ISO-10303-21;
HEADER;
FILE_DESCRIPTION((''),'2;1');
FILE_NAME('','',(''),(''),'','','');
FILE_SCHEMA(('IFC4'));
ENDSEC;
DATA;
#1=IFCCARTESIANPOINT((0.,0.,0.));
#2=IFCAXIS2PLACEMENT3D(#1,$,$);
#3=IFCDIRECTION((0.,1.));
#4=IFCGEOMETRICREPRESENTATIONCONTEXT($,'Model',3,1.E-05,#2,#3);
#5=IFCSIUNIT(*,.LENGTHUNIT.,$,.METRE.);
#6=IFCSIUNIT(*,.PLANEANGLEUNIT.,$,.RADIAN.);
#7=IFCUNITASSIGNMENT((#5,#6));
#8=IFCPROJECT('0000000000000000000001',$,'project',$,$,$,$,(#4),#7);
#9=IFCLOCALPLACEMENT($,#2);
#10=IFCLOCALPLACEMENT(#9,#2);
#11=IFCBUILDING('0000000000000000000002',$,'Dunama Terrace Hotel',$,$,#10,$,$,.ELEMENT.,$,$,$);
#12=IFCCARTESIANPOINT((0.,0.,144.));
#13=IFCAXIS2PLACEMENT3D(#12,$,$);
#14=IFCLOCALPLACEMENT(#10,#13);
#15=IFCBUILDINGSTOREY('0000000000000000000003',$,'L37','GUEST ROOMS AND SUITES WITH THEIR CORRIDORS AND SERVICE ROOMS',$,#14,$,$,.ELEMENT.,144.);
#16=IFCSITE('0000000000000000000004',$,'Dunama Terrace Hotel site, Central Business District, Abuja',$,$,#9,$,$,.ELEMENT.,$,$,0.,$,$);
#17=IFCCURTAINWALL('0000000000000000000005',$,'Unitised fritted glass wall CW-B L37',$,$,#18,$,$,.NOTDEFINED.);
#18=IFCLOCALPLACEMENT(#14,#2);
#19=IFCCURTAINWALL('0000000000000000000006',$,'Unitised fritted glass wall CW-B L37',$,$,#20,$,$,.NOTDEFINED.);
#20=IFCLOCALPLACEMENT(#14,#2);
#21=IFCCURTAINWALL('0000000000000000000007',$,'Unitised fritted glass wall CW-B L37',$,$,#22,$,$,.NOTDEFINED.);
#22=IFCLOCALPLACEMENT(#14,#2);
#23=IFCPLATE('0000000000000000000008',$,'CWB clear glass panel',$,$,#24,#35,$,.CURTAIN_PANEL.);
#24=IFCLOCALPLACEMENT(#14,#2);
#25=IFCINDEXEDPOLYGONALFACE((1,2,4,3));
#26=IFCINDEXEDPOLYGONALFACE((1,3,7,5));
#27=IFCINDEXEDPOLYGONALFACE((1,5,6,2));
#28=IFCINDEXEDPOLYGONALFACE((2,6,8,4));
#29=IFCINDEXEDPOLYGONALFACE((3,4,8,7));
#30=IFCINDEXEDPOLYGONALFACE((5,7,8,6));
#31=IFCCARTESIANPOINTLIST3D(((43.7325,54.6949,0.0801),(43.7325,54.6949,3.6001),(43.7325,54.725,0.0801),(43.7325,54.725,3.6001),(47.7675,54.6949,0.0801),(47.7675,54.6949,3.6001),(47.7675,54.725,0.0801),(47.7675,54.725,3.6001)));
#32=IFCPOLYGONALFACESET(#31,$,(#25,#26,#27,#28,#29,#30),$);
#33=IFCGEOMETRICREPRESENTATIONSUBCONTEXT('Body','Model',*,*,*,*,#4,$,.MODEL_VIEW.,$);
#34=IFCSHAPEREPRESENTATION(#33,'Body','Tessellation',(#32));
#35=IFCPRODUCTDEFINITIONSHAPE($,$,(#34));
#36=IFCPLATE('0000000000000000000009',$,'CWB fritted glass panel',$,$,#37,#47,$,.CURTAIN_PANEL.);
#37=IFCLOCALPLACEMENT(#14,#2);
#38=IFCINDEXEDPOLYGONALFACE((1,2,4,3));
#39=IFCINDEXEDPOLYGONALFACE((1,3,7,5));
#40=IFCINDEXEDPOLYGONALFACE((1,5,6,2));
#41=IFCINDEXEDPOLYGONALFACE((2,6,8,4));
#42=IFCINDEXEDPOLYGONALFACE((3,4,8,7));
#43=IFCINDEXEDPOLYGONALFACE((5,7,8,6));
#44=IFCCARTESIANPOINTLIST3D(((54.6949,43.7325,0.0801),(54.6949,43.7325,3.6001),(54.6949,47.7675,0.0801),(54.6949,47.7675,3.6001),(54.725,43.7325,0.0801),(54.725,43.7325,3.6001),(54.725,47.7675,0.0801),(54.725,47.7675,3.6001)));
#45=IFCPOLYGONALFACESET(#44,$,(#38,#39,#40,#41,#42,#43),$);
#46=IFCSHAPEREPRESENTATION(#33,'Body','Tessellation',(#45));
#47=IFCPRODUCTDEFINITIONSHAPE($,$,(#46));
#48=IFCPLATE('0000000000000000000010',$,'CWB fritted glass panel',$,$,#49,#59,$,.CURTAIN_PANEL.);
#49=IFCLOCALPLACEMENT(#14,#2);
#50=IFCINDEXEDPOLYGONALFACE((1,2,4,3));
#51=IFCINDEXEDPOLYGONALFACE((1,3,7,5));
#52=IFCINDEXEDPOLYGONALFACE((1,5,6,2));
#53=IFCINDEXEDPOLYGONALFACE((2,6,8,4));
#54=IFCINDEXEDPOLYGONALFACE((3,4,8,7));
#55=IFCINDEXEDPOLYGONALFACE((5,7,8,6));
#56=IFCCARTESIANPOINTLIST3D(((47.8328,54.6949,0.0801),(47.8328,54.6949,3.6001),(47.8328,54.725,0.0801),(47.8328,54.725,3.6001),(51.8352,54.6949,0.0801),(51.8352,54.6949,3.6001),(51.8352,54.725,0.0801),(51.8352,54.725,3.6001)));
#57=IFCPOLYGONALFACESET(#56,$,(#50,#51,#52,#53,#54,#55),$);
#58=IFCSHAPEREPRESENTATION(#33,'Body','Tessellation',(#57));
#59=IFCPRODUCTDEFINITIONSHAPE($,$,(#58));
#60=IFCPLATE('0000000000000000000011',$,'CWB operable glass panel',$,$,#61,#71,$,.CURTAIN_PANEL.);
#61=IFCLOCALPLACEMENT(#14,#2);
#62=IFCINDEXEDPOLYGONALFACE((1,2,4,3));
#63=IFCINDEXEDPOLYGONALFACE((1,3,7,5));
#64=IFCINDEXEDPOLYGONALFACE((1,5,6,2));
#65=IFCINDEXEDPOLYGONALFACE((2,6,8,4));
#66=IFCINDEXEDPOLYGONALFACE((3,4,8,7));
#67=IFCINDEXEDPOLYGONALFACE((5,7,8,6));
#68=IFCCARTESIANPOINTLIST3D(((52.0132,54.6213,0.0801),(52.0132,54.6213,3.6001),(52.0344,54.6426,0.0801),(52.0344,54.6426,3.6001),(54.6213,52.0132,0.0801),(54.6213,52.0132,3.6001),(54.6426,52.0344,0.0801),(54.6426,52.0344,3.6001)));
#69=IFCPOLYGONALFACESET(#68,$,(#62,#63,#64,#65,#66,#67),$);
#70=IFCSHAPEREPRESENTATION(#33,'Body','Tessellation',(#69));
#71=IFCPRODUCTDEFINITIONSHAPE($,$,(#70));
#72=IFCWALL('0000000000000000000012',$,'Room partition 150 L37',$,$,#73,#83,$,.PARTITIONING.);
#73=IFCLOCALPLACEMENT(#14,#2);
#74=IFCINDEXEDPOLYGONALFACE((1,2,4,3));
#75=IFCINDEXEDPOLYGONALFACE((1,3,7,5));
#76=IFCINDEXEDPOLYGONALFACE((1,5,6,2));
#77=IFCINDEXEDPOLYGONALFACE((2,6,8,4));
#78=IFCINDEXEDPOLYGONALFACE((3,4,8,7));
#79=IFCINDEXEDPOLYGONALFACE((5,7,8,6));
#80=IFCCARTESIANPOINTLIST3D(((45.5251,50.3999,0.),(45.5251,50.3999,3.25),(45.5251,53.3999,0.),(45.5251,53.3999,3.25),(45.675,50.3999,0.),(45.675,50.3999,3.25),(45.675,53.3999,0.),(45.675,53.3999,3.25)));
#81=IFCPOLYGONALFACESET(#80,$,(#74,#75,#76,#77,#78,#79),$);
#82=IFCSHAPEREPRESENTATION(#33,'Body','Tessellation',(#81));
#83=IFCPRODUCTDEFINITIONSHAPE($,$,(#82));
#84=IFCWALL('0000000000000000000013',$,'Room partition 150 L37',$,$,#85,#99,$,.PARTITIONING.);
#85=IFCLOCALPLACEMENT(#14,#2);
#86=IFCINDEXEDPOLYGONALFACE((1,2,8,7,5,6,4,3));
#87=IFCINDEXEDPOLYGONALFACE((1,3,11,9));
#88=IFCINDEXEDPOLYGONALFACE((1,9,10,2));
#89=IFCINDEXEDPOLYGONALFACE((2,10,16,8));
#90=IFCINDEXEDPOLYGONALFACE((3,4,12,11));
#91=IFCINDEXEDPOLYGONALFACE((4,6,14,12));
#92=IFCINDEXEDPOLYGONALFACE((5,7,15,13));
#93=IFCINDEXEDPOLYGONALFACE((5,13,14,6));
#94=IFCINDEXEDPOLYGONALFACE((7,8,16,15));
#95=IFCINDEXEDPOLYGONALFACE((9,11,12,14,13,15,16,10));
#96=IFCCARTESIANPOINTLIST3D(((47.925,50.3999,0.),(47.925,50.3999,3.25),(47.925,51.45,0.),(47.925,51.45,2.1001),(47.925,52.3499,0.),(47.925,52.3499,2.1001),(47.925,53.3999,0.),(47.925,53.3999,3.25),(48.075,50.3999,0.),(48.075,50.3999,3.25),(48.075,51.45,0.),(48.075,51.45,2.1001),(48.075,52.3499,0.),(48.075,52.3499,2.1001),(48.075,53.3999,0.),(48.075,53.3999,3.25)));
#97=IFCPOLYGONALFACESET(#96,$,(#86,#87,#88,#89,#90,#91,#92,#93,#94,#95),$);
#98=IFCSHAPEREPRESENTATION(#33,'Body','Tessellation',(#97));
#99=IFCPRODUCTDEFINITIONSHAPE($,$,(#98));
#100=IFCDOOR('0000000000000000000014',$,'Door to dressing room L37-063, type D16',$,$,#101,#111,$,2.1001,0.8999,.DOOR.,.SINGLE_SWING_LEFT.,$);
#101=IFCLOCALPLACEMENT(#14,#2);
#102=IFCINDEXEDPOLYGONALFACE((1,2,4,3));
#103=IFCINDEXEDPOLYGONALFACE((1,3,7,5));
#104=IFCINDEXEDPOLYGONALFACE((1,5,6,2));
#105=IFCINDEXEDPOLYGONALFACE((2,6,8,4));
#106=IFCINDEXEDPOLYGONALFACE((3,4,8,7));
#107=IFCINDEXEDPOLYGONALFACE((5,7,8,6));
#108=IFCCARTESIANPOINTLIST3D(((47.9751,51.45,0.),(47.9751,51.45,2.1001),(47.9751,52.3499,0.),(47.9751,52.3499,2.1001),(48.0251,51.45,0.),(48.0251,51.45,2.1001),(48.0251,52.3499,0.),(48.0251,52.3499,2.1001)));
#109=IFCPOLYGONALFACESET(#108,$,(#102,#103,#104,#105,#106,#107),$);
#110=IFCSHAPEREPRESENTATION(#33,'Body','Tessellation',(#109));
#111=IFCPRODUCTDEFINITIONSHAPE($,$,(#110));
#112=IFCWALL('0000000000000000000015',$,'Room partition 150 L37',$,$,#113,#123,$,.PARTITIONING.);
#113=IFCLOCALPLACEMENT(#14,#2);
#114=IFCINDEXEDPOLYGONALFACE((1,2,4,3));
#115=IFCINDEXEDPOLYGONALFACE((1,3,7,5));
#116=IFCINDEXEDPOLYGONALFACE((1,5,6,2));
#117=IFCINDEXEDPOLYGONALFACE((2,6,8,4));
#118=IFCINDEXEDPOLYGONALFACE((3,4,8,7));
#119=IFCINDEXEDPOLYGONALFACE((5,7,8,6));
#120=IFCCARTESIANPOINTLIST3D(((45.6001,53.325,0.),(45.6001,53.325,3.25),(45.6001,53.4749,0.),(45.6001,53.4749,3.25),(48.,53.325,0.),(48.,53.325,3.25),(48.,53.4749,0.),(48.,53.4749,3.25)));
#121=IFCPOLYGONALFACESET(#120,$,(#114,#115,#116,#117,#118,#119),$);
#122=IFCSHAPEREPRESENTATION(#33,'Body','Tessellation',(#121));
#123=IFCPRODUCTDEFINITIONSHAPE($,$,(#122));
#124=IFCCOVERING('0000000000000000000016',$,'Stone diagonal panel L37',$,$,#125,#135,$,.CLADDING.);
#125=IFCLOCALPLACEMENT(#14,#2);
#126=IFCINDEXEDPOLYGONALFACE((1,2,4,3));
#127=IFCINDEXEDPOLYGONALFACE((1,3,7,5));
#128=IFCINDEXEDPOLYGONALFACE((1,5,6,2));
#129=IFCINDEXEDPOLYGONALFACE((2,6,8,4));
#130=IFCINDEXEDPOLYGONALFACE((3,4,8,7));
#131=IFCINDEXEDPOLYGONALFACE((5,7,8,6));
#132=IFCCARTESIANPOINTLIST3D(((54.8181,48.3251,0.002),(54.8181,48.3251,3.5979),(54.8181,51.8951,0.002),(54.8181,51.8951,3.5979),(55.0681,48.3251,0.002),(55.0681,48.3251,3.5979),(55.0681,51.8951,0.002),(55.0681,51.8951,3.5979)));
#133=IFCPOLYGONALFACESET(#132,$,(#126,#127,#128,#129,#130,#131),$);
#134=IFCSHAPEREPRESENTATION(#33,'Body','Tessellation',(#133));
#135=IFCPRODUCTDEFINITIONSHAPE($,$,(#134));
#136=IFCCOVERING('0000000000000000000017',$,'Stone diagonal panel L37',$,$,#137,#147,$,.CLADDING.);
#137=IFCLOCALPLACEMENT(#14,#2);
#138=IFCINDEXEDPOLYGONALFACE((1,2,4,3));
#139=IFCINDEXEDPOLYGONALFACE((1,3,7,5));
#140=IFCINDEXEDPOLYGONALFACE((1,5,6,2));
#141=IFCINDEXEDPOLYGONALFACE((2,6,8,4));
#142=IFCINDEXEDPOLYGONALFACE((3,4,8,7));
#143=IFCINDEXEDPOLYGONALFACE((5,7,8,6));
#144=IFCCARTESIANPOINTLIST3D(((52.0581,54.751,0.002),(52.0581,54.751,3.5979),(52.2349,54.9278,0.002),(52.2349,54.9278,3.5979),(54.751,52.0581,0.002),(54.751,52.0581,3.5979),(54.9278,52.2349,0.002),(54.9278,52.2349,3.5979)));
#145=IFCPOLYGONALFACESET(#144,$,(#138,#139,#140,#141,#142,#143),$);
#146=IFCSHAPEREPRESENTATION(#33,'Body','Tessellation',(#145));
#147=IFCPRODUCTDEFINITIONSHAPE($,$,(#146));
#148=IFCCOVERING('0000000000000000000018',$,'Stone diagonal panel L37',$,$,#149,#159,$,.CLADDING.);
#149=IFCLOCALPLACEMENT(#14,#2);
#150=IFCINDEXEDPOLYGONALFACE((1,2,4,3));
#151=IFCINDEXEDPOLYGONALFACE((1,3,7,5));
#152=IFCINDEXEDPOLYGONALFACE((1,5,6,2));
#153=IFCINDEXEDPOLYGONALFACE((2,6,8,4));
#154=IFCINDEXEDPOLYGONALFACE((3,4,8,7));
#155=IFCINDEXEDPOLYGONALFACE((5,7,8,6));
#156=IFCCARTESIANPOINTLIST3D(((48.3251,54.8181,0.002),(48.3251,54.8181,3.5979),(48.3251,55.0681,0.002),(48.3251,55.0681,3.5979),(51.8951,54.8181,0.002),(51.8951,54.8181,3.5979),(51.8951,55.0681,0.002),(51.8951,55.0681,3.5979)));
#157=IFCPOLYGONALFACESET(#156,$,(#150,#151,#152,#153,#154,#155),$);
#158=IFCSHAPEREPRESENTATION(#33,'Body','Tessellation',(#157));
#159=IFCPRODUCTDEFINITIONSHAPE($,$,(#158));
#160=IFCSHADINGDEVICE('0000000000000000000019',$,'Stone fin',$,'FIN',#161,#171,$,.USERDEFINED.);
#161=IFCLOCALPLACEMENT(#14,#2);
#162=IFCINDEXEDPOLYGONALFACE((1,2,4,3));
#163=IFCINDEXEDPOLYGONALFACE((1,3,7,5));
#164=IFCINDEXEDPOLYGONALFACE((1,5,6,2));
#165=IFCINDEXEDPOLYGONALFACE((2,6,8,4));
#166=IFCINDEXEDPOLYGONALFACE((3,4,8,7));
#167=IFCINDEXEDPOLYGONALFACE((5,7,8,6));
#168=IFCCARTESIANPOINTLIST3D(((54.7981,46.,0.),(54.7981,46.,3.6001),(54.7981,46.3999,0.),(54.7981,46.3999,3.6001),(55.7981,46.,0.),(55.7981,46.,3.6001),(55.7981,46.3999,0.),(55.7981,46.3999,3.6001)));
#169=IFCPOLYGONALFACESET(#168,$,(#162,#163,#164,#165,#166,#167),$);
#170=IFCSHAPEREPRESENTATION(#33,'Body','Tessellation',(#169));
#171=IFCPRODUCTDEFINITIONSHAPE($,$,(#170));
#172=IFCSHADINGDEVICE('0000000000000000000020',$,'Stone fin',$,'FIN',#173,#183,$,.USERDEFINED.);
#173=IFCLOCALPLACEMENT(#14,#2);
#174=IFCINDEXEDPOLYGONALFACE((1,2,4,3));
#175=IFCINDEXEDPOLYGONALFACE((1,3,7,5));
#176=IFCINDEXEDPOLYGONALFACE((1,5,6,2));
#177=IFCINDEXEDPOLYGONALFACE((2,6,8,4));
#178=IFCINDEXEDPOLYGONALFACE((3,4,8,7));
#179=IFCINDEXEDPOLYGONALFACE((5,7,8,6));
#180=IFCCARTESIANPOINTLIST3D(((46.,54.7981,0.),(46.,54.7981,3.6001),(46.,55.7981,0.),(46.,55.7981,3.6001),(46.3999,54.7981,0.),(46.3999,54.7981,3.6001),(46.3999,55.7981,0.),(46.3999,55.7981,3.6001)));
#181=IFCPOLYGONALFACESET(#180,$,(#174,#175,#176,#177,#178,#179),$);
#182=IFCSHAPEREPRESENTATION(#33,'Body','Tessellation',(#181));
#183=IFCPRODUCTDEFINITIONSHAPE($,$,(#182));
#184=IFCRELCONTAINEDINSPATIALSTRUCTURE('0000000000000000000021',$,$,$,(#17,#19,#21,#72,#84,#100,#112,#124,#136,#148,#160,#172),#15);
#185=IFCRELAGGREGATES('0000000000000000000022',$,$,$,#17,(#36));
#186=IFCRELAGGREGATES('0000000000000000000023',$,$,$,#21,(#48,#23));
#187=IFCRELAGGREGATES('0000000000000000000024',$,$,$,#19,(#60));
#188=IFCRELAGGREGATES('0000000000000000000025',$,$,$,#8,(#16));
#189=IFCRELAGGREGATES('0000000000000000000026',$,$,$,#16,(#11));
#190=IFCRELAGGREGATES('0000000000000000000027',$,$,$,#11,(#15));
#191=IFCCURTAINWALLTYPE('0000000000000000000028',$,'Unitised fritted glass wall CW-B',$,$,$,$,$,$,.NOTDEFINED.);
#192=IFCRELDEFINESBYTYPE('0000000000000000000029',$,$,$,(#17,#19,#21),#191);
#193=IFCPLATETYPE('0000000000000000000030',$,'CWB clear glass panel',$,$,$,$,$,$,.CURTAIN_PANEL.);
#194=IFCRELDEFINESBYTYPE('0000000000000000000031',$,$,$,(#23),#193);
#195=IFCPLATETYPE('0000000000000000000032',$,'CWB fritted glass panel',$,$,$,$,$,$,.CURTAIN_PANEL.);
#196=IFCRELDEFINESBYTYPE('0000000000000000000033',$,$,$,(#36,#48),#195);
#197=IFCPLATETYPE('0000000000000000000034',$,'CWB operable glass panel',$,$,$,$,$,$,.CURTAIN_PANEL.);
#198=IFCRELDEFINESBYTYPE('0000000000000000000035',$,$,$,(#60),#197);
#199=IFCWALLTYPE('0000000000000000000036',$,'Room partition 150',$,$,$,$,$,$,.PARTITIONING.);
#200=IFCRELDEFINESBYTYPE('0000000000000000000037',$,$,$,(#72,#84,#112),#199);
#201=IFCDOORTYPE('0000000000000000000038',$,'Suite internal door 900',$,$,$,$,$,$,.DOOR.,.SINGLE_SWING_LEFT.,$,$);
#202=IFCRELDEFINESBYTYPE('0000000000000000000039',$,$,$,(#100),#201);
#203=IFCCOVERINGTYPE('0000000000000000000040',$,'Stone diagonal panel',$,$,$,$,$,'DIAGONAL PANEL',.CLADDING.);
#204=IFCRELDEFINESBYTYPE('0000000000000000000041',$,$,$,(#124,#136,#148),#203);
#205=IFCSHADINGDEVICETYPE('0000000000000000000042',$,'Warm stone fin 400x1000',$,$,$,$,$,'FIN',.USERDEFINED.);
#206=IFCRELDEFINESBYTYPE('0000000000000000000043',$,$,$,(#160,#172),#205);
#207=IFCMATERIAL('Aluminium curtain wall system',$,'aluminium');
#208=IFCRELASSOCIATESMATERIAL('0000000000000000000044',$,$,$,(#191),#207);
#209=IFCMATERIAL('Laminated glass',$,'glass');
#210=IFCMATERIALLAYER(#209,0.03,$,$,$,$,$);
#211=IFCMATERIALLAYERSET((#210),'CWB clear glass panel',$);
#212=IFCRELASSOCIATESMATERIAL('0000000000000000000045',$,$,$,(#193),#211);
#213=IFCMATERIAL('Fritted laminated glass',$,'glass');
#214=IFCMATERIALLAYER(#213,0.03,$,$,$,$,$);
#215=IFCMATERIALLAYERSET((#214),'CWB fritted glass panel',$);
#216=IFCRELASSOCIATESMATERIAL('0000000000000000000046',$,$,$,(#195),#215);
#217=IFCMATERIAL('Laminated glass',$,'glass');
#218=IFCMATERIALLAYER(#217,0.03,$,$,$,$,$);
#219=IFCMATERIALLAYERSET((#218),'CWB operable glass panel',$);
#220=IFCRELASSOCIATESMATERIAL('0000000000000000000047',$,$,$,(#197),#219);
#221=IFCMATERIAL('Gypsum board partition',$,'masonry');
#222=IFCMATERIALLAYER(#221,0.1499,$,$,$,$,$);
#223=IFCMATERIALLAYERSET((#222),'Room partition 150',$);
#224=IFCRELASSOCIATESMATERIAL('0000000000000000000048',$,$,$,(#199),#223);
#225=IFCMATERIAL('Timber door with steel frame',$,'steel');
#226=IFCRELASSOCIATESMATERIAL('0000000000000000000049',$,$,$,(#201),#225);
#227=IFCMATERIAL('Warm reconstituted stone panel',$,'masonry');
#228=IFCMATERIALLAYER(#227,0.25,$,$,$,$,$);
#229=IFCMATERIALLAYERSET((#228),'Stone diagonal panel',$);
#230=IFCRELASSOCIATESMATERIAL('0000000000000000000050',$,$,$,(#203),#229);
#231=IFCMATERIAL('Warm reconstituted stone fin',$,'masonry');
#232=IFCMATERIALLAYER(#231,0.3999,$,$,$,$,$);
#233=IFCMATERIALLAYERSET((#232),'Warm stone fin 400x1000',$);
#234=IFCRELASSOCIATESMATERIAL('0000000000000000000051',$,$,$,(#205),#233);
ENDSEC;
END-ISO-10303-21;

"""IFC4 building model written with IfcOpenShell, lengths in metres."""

from ifc_helpers import new_model, si_unit, direction, frame, frame_2d, origin, origin_2d, place, context, subcontext, project, spatial, rectangle, extrude, material, layer, layer_set, type_object, element, fill, aggregate, save


model = new_model("IFC4")

# Units and contexts
model_context = context("Model", 3, precision=1e-05, world=origin(), true_north=direction((0.0, 1.0)))
body_context = subcontext(model_context, "Body", "Model", "MODEL_VIEW")
ifc_project = project(units=[si_unit("LENGTHUNIT", "METRE"), si_unit("PLANEANGLEUNIT", "RADIAN")], contexts=[model_context])

# Site, building, storey
site_placement = place(None, origin())
site = spatial("IfcSite", under=ifc_project, at=site_placement, Name="Dunama Terrace Hotel site, Central Business District, Abuja", CompositionType="ELEMENT", RefElevation=0.0)
building_placement = place(site_placement, origin())
building = spatial("IfcBuilding", under=site, at=building_placement, Name="Dunama Terrace Hotel", CompositionType="ELEMENT")
storey_placement = place(building_placement, frame((0.0, 0.0, 144.0)))
storey = spatial("IfcBuildingStorey", under=building, at=storey_placement, Name="L37", Description="GUEST ROOMS AND SUITES WITH THEIR CORRIDORS AND SERVICE ROOMS", CompositionType="ELEMENT", Elevation=144.0)

# Curtain walls
ifc_material_1 = material(Name="Aluminium curtain wall system", Category="aluminium")
curtain_wall_type = type_object("IfcCurtainWallType", Name="Unitised fritted glass wall CW-B", PredefinedType="NOTDEFINED", material=ifc_material_1)
curtain_wall_1_placement = place(storey_placement, origin())
curtain_wall_1 = element("IfcCurtainWall", 1, at=curtain_wall_1_placement, inside=storey, type_object=curtain_wall_type, Name="Unitised fritted glass wall CW-B L37", PredefinedType="NOTDEFINED")
curtain_wall_2_placement = place(storey_placement, origin())
curtain_wall_2 = element("IfcCurtainWall", 2, at=curtain_wall_2_placement, inside=storey, type_object=curtain_wall_type, Name="Unitised fritted glass wall CW-B L37", PredefinedType="NOTDEFINED")
curtain_wall_3_placement = place(storey_placement, origin())
curtain_wall_3 = element("IfcCurtainWall", 3, at=curtain_wall_3_placement, inside=storey, type_object=curtain_wall_type, Name="Unitised fritted glass wall CW-B L37", PredefinedType="NOTDEFINED")

# Plates
ifc_material_2 = material(Name="Laminated glass", Category="glass")
ifc_layer_1 = layer(ifc_material_2, 0.03)
ifc_layer_set_1 = layer_set([ifc_layer_1], Name="CWB clear glass panel")
plate_type_1 = type_object("IfcPlateType", Name="CWB clear glass panel", PredefinedType="CURTAIN_PANEL", material=ifc_layer_set_1)
plate_1_placement = place(storey_placement, frame((45.75, 54.71, 0.0801), z_axis=(0.0, 0.0, 1.0), x_axis=(-1.0, 0.0, 0.0)))
plate_1 = element("IfcPlate", 4, at=plate_1_placement, type_object=plate_type_1, Name="CWB clear glass panel", PredefinedType="CURTAIN_PANEL", context=body_context, shape_type="SweptSolid", body=[
    extrude(rectangle(XDim=4.0349, YDim=0.03, at=origin_2d()), origin(), (0.0, 0.0, 1.0), 3.52),
])
ifc_material_3 = material(Name="Fritted laminated glass", Category="glass")
ifc_layer_2 = layer(ifc_material_3, 0.03)
ifc_layer_set_2 = layer_set([ifc_layer_2], Name="CWB fritted glass panel")
plate_type_2 = type_object("IfcPlateType", Name="CWB fritted glass panel", PredefinedType="CURTAIN_PANEL", material=ifc_layer_set_2)
plate_2_placement = place(storey_placement, frame((54.71, 45.75, 0.0801), z_axis=(0.0, 0.0, 1.0), x_axis=(0.0, 1.0, 0.0)))
plate_2 = element("IfcPlate", 5, at=plate_2_placement, type_object=plate_type_2, Name="CWB fritted glass panel", PredefinedType="CURTAIN_PANEL", context=body_context, shape_type="SweptSolid", body=[
    extrude(rectangle(XDim=4.0349, YDim=0.03, at=origin_2d()), origin(), (0.0, 0.0, 1.0), 3.52),
])
aggregate(curtain_wall_1, [plate_2])
plate_3_placement = place(storey_placement, frame((49.834, 54.71, 0.0801), z_axis=(0.0, 0.0, 1.0), x_axis=(-1.0, 0.0, 0.0)))
plate_3 = element("IfcPlate", 6, at=plate_3_placement, type_object=plate_type_2, Name="CWB fritted glass panel", PredefinedType="CURTAIN_PANEL", context=body_context, shape_type="SweptSolid", body=[
    extrude(rectangle(XDim=4.0024, YDim=0.03, at=origin_2d()), origin(), (0.0, 0.0, 1.0), 3.52),
])
aggregate(curtain_wall_3, [plate_3, plate_1])
ifc_material_4 = material(Name="Laminated glass", Category="glass")
ifc_layer_3 = layer(ifc_material_4, 0.03)
ifc_layer_set_3 = layer_set([ifc_layer_3], Name="CWB operable glass panel")
plate_type_3 = type_object("IfcPlateType", Name="CWB operable glass panel", PredefinedType="CURTAIN_PANEL", material=ifc_layer_set_3)
plate_4_placement = place(storey_placement, frame((53.3279, 53.3279, 0.0801), z_axis=(0.0, 0.0, 1.0), x_axis=(-0.707107, 0.707107, 0.0)))
plate_4 = element("IfcPlate", 7, at=plate_4_placement, type_object=plate_type_3, Name="CWB operable glass panel", PredefinedType="CURTAIN_PANEL", context=body_context, shape_type="SweptSolid", body=[
    extrude(rectangle(XDim=3.6885, YDim=0.03, at=origin_2d()), origin(), (0.0, 0.0, 1.0), 3.52),
])
aggregate(curtain_wall_2, [plate_4])

# Wall
ifc_material_5 = material(Name="Gypsum board partition", Category="masonry")
ifc_layer_4 = layer(ifc_material_5, 0.1499)
ifc_layer_set_4 = layer_set([ifc_layer_4], Name="Room partition 150")
wall_type = type_object("IfcWallType", Name="Room partition 150", PredefinedType="PARTITIONING", material=ifc_layer_set_4)
wall_1_placement = place(storey_placement, frame((45.6001, 50.3999, 0.0), z_axis=(0.0, 0.0, 1.0), x_axis=(0.0, 1.0, 0.0)))
element("IfcWall", 8, at=wall_1_placement, inside=storey, type_object=wall_type, Name="Room partition 150 L37", PredefinedType="PARTITIONING", context=body_context, shape_type="SweptSolid", body=[
    extrude(rectangle(XDim=3.0, YDim=0.1499, at=frame_2d((1.5, 0.0))), origin(), (0.0, 0.0, 1.0), 3.25),
])

# Wall, opening, door
wall_2_placement = place(storey_placement, frame((48.0, 50.3999, 0.0), z_axis=(0.0, 0.0, 1.0), x_axis=(0.0, 1.0, 0.0)))
wall_2 = element("IfcWall", 9, at=wall_2_placement, inside=storey, type_object=wall_type, Name="Room partition 150 L37", PredefinedType="PARTITIONING", context=body_context, shape_type="SweptSolid", body=[
    extrude(rectangle(XDim=3.0, YDim=0.1499, at=frame_2d((1.5, 0.0))), origin(), (0.0, 0.0, 1.0), 3.25),
])
opening_placement = place(wall_2_placement, frame((1.05, 0.0, 0.0)))
opening = element("IfcOpeningElement", 10, at=opening_placement, cuts=wall_2, PredefinedType="OPENING", context=body_context, shape_type="SweptSolid", body=[
    extrude(rectangle(XDim=0.8999, YDim=2.1001, at=frame_2d((0.45, 1.05))), frame((0.0, 0.085, 0.0), z_axis=(0.0, -1.0, 0.0), x_axis=(1.0, 0.0, 0.0)), (0.0, 0.0, 1.0), 0.1699),
])
ifc_material_6 = material(Name="Timber door with steel frame", Category="steel")
door_type = type_object("IfcDoorType", Name="Suite internal door 900", OperationType="SINGLE_SWING_LEFT", PredefinedType="DOOR", material=ifc_material_6)
door_placement = place(opening_placement, origin())
door = element("IfcDoor", 11, at=door_placement, inside=storey, type_object=door_type, Name="Door to dressing room L37-063, type D16", OperationType="SINGLE_SWING_LEFT", OverallHeight=2.1001, OverallWidth=0.8999, PredefinedType="DOOR", context=body_context, shape_type="SweptSolid", body=[
    extrude(rectangle(XDim=0.8999, YDim=2.1001, at=frame_2d((0.45, 1.05))), frame((0.0, 0.0249, 0.0), z_axis=(0.0, -1.0, 0.0), x_axis=(1.0, 0.0, 0.0)), (0.0, 0.0, 1.0), 0.05),
])
fill(opening, door)

# Wall
wall_3_placement = place(storey_placement, frame((45.6001, 53.3999, 0.0), z_axis=(0.0, 0.0, 1.0), x_axis=(1.0, 0.0, 0.0)))
element("IfcWall", 12, at=wall_3_placement, inside=storey, type_object=wall_type, Name="Room partition 150 L37", PredefinedType="PARTITIONING", context=body_context, shape_type="SweptSolid", body=[
    extrude(rectangle(XDim=2.3999, YDim=0.1499, at=frame_2d((1.2, 0.0))), origin(), (0.0, 0.0, 1.0), 3.25),
])

# Coverings
ifc_material_7 = material(Name="Warm reconstituted stone panel", Category="masonry")
ifc_layer_5 = layer(ifc_material_7, 0.25)
ifc_layer_set_5 = layer_set([ifc_layer_5], Name="Stone diagonal panel")
covering_type = type_object("IfcCoveringType", Name="Stone diagonal panel", ElementType="DIAGONAL PANEL", PredefinedType="CLADDING", material=ifc_layer_set_5)
covering_1_placement = place(storey_placement, frame((54.9431, 50.1101, 0.002), z_axis=(0.0, 0.0, 1.0), x_axis=(0.0, 1.0, 0.0)))
element("IfcCovering", 13, at=covering_1_placement, inside=storey, type_object=covering_type, Name="Stone diagonal panel L37", PredefinedType="CLADDING", context=body_context, shape_type="SweptSolid", body=[
    extrude(rectangle(XDim=3.5701, YDim=0.25, at=origin_2d()), origin(), (0.0, 0.0, 1.0), 3.5959),
])
covering_2_placement = place(storey_placement, frame((53.4929, 53.4929, 0.002), z_axis=(0.0, 0.0, 1.0), x_axis=(-0.707107, 0.707107, 0.0)))
element("IfcCovering", 14, at=covering_2_placement, inside=storey, type_object=covering_type, Name="Stone diagonal panel L37", PredefinedType="CLADDING", context=body_context, shape_type="SweptSolid", body=[
    extrude(rectangle(XDim=3.8083, YDim=0.25, at=origin_2d()), origin(), (0.0, 0.0, 1.0), 3.5959),
])
covering_3_placement = place(storey_placement, frame((50.1101, 54.9431, 0.002), z_axis=(0.0, 0.0, 1.0), x_axis=(-1.0, 0.0, 0.0)))
element("IfcCovering", 15, at=covering_3_placement, inside=storey, type_object=covering_type, Name="Stone diagonal panel L37", PredefinedType="CLADDING", context=body_context, shape_type="SweptSolid", body=[
    extrude(rectangle(XDim=3.5701, YDim=0.25, at=origin_2d()), origin(), (0.0, 0.0, 1.0), 3.5959),
])

# Shading devices
ifc_material_8 = material(Name="Warm reconstituted stone fin", Category="masonry")
ifc_layer_6 = layer(ifc_material_8, 0.3999)
ifc_layer_set_6 = layer_set([ifc_layer_6], Name="Warm stone fin 400x1000")
shading_device_type = type_object("IfcShadingDeviceType", Name="Warm stone fin 400x1000", ElementType="FIN", PredefinedType="USERDEFINED", material=ifc_layer_set_6)
for number, where, z_axis, x_axis, name in (
    (16, (55.2981, 46.2, 0.0), (0.0, 0.0, 1.0), (0.0, 1.0, 0.0), "Stone fin"),
    (17, (46.2, 55.2981, 0.0), (0.0, 0.0, 1.0), (-1.0, 0.0, 0.0), "Stone fin"),
):
    element("IfcShadingDevice", number, at=place(storey_placement, frame(where, z_axis=z_axis, x_axis=x_axis)), inside=storey, type_object=shading_device_type, Name=name, ObjectType="FIN", PredefinedType="USERDEFINED", context=body_context, shape_type="SweptSolid", body=[
        extrude(rectangle(XDim=0.3999, YDim=1.0, at=origin_2d()), origin(), (0.0, 0.0, 1.0), 3.6001),
    ])

save(model, "model.ifc")
